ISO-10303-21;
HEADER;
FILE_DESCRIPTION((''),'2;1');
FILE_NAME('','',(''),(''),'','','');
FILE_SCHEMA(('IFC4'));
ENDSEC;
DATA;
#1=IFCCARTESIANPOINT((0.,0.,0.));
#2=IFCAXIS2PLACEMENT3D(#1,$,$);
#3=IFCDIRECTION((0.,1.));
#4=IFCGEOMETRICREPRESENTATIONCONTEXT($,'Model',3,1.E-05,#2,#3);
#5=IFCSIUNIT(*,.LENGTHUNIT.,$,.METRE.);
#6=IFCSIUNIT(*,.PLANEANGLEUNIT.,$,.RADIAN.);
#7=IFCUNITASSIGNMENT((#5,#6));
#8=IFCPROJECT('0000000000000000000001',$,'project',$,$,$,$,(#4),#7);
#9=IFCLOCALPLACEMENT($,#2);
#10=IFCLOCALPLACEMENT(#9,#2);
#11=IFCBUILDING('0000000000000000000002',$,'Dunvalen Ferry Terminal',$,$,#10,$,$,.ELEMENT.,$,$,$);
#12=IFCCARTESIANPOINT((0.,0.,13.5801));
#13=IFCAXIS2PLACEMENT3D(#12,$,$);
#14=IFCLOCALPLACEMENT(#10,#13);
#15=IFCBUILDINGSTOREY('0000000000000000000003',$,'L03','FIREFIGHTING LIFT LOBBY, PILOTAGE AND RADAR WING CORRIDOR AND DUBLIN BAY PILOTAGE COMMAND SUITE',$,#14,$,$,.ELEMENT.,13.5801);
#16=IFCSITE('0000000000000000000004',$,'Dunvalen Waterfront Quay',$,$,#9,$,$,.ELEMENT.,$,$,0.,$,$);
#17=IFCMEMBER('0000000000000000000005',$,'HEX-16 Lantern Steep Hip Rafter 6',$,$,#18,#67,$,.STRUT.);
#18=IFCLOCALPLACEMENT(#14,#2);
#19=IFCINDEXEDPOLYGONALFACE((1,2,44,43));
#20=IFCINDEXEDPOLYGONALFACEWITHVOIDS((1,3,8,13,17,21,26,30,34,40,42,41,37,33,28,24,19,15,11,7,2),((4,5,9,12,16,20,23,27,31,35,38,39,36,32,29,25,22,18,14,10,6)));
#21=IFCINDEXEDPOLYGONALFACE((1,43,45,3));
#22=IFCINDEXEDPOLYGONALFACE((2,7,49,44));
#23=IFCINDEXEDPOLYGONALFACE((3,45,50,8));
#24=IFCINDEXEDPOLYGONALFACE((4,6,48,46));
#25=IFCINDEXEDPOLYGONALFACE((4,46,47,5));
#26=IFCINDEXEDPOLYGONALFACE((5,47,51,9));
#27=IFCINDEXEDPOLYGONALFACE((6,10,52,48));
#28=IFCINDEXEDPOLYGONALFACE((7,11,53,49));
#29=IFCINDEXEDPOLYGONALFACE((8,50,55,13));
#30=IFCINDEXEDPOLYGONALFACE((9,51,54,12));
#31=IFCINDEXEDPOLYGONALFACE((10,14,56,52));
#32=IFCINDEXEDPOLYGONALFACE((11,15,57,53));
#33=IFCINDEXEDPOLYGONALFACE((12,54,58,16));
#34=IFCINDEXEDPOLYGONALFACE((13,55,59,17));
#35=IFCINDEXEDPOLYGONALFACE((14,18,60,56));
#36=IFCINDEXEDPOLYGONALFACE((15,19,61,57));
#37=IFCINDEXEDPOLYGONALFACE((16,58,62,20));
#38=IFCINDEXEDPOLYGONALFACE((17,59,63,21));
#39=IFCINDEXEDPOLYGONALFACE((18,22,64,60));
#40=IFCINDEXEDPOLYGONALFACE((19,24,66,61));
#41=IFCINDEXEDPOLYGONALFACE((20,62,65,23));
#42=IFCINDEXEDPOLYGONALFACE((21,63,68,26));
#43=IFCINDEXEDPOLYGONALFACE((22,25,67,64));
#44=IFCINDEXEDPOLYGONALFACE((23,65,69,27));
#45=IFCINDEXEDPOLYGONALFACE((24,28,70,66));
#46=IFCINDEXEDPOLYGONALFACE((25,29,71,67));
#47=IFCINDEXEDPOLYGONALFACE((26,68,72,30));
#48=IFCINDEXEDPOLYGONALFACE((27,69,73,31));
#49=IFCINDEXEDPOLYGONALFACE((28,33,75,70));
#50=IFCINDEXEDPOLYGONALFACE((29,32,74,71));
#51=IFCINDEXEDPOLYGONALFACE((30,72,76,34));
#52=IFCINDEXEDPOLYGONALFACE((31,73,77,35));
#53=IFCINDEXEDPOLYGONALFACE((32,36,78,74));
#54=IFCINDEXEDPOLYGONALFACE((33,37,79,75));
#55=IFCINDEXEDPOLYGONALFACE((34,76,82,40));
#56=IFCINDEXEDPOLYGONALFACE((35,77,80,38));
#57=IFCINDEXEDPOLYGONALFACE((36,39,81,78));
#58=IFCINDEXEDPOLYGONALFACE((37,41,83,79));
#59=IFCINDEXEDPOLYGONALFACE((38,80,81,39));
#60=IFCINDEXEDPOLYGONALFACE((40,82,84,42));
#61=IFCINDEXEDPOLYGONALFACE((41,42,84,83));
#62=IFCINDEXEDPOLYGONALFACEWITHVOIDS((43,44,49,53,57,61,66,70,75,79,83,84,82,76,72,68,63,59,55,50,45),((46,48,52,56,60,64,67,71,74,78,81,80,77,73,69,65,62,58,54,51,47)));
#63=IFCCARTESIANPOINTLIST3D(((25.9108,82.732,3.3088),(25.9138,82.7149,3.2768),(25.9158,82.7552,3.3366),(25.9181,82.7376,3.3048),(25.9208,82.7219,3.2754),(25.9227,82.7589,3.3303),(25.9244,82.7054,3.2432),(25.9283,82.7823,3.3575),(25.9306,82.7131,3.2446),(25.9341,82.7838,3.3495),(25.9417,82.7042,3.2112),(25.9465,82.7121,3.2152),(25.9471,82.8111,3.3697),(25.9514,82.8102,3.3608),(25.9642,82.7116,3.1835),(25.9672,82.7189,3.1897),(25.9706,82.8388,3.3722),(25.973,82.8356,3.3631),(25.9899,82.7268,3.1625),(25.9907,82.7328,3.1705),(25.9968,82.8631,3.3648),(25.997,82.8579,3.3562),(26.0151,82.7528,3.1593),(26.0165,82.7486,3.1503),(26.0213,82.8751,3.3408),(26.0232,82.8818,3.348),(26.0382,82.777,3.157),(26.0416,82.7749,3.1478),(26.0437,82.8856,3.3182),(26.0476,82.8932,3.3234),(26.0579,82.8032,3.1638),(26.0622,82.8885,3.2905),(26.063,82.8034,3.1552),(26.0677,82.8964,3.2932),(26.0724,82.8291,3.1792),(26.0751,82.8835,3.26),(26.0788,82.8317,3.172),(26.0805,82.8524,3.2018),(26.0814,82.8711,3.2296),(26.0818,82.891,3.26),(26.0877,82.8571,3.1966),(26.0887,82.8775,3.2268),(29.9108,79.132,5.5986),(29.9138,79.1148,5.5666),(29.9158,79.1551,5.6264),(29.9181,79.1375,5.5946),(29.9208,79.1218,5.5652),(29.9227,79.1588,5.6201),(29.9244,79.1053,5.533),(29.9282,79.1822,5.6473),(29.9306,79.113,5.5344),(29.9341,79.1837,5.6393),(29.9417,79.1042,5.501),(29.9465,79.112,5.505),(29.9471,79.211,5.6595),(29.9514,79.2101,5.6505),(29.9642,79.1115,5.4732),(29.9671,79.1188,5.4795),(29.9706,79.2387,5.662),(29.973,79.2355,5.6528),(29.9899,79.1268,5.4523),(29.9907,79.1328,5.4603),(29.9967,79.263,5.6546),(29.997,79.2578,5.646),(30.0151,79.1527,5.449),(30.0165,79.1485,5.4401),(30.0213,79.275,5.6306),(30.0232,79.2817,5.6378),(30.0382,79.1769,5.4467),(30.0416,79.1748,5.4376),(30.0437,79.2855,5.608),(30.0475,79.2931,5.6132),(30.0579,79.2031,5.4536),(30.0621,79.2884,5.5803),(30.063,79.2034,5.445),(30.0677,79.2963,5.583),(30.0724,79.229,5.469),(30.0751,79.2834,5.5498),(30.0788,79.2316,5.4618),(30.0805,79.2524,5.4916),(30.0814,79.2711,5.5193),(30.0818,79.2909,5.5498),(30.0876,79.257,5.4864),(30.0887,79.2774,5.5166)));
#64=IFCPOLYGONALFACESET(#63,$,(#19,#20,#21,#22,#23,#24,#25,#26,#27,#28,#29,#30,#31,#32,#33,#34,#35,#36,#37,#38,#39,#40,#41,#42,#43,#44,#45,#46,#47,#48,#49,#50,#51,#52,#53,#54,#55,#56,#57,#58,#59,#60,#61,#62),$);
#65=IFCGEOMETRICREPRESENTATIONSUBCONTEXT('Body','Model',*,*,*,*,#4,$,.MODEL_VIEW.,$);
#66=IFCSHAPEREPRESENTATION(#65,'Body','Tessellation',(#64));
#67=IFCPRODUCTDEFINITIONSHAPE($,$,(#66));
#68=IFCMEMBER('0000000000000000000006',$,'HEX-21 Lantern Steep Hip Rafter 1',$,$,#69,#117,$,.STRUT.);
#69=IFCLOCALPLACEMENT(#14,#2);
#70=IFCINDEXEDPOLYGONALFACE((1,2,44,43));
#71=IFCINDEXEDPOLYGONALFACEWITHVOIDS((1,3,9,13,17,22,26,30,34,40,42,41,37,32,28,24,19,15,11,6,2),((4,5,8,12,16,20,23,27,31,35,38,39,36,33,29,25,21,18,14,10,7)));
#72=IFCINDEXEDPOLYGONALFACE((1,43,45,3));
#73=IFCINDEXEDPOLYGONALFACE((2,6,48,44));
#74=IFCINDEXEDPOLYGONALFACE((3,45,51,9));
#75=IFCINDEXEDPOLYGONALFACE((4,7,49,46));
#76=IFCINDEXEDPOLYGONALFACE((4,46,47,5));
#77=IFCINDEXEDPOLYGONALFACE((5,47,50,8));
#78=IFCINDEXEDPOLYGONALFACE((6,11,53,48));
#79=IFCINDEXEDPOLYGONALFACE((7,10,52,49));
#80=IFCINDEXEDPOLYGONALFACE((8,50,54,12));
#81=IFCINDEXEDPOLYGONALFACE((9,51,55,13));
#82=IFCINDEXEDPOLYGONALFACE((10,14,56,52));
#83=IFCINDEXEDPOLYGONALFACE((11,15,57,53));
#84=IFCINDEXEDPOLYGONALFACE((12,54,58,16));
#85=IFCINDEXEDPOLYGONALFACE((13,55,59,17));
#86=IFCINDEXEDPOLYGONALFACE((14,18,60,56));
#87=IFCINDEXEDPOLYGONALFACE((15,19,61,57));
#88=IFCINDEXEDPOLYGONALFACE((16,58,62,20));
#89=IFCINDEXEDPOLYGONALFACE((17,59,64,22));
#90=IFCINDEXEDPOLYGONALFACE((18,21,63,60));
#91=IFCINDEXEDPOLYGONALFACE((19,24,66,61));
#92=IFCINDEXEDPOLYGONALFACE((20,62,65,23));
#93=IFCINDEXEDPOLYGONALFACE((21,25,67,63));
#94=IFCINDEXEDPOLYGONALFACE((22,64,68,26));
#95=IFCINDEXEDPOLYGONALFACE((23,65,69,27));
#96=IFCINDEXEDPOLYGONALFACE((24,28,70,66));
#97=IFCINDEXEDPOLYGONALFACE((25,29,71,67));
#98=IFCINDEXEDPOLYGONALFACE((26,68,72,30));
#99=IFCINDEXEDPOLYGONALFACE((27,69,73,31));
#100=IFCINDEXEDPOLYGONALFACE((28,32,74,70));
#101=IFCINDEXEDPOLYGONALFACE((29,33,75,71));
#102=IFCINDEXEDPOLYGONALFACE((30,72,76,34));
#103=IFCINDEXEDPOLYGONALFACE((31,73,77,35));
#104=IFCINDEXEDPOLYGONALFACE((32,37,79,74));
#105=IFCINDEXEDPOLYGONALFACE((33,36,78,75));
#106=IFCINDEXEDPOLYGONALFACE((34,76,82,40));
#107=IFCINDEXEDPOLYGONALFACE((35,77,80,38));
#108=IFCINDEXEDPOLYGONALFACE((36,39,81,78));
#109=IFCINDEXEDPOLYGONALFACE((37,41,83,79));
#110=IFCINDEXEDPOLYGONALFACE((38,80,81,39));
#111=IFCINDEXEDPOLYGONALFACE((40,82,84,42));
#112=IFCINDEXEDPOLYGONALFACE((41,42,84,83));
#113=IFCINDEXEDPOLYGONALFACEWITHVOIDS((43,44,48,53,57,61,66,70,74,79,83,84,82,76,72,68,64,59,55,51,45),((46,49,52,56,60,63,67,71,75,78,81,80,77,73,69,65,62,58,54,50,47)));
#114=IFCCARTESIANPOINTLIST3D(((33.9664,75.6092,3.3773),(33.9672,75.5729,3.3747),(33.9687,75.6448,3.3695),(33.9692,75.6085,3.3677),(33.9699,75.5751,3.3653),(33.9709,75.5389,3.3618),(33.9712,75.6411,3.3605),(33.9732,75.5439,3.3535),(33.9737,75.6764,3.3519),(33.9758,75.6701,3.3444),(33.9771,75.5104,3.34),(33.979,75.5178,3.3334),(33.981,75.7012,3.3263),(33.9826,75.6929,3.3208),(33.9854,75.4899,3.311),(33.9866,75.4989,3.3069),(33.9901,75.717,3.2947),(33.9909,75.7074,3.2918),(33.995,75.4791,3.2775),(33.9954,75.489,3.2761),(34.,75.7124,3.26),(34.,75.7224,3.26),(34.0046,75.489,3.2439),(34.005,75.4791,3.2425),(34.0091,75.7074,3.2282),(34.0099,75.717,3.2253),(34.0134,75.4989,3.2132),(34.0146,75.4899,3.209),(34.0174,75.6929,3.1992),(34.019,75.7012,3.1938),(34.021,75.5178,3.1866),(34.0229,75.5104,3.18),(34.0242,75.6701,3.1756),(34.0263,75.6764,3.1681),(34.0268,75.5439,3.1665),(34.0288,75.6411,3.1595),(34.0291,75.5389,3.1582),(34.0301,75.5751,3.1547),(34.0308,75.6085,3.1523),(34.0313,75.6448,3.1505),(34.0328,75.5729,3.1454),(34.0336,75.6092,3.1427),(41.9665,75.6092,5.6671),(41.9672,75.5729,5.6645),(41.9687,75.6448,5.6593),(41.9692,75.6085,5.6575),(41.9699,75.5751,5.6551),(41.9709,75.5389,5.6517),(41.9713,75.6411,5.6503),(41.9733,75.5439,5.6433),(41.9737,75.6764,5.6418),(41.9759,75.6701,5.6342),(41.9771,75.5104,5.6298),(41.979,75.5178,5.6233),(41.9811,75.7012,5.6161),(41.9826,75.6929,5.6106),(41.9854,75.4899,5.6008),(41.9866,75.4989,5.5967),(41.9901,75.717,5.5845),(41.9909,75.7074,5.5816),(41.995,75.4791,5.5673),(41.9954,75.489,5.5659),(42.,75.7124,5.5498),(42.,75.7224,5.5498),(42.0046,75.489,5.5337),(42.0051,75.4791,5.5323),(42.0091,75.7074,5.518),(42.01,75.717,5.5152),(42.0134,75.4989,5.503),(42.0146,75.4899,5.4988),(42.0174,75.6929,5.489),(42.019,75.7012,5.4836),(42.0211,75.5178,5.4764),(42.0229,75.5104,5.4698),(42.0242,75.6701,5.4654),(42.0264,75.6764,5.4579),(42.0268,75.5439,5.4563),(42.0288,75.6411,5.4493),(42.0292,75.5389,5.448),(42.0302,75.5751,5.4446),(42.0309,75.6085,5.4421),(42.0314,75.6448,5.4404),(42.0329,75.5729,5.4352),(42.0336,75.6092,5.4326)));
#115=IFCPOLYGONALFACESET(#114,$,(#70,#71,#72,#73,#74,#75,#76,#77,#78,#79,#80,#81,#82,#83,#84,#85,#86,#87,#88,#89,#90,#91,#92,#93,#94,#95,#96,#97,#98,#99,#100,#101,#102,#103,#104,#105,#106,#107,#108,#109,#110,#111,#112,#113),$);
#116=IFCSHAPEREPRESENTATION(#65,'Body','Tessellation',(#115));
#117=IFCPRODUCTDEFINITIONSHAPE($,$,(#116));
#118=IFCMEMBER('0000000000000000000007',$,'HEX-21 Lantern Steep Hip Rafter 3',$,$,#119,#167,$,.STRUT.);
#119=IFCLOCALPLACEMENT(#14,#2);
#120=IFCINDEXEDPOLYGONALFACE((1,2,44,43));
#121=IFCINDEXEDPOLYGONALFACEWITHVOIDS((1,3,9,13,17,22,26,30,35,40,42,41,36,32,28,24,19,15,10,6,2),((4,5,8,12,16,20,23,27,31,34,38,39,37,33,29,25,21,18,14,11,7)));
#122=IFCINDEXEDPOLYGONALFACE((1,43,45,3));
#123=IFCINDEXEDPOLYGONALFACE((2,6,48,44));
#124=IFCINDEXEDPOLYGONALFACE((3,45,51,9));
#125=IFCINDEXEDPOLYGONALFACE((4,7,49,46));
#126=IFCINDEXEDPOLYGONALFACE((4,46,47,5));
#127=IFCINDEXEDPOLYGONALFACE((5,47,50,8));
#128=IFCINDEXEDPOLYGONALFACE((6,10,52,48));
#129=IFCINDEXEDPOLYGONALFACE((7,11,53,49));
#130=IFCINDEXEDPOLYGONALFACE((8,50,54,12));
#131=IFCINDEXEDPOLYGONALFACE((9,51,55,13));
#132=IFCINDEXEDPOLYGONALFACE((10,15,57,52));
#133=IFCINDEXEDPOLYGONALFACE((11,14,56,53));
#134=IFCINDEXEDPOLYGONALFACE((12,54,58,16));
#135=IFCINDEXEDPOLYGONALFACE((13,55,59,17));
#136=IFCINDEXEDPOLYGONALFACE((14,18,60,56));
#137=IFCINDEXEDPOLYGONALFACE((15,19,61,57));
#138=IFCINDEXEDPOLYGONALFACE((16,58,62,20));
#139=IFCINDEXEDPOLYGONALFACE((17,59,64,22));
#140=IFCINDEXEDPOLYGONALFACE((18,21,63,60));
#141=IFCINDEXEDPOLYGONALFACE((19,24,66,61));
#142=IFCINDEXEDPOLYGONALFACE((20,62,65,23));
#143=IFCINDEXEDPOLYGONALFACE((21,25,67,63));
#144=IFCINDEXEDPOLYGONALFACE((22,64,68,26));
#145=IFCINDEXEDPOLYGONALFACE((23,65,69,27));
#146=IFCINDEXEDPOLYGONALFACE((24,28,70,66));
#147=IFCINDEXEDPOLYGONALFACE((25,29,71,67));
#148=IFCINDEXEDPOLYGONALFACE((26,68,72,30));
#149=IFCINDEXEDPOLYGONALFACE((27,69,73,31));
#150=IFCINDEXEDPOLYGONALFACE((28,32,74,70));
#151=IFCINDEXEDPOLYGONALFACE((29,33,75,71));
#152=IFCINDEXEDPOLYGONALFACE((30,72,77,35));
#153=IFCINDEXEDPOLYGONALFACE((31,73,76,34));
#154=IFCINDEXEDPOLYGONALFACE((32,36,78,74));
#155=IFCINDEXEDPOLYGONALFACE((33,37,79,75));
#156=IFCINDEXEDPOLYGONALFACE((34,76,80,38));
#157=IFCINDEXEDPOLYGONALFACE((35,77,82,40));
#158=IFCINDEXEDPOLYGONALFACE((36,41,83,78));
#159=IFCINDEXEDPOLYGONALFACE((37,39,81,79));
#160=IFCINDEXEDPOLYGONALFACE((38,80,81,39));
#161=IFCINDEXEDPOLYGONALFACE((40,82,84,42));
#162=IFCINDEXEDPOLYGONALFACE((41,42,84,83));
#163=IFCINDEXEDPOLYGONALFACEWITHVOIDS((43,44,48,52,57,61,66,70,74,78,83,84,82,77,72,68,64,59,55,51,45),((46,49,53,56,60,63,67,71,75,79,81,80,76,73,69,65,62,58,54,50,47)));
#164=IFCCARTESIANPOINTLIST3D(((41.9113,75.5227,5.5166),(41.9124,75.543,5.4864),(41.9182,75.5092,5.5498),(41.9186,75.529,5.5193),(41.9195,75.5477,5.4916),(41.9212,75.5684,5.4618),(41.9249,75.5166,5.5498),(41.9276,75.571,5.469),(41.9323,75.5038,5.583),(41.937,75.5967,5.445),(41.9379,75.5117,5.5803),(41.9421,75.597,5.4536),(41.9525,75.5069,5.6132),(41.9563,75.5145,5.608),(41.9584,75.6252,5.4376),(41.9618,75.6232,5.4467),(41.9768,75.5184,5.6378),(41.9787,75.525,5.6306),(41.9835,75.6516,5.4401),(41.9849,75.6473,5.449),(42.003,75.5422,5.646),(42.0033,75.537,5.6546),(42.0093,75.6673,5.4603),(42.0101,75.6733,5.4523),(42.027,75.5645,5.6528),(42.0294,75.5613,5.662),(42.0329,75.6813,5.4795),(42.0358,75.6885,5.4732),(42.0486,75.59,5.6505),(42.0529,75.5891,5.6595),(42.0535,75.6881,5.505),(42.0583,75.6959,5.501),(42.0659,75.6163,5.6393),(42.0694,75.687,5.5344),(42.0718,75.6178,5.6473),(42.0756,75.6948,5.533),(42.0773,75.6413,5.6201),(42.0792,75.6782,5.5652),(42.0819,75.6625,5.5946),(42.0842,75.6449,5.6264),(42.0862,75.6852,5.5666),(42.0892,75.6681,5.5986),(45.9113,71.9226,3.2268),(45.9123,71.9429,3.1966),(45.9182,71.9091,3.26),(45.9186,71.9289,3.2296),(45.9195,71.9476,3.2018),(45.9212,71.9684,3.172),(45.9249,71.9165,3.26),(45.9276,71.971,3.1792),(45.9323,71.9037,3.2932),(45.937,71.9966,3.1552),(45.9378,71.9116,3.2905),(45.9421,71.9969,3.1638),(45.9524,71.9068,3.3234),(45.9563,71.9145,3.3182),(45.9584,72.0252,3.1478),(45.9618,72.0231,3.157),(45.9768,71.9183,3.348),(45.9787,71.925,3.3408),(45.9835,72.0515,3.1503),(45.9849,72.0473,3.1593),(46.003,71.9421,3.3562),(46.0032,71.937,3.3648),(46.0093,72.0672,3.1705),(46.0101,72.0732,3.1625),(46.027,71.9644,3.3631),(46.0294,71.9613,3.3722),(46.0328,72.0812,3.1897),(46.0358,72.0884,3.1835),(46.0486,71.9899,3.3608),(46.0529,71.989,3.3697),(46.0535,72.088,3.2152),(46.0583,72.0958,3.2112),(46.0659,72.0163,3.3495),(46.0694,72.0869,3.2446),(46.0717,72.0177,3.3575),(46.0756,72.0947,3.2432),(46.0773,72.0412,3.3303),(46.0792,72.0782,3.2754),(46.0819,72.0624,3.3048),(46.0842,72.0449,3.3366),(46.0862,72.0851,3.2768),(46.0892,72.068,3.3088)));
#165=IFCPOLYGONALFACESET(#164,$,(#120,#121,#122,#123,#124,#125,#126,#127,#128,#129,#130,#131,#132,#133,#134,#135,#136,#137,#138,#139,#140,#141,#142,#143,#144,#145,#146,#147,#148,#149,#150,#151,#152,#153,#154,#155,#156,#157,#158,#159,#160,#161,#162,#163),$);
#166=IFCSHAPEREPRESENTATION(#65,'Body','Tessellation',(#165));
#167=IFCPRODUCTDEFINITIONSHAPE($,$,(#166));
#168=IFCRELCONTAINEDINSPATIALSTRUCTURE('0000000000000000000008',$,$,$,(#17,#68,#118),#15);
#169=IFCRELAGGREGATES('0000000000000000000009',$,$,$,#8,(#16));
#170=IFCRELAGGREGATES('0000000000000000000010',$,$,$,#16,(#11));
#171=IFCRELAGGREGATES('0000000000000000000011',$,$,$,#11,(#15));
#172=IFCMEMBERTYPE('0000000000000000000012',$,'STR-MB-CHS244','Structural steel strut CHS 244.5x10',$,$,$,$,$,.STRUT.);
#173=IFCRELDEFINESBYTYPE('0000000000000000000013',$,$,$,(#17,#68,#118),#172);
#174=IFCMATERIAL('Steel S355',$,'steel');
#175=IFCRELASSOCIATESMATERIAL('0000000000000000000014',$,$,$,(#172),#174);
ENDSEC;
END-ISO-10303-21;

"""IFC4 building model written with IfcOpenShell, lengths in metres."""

from ifc_helpers import new_model, si_unit, direction, frame, origin, origin_2d, place, context, subcontext, project, spatial, hollow_circle, extrude, material, material_profile, profile_set, type_object, element, save


model = new_model("IFC4")

# Units and contexts
model_context = context("Model", 3, precision=1e-05, world=origin(), true_north=direction((0.0, 1.0)))
body_context = subcontext(model_context, "Body", "Model", "MODEL_VIEW")
ifc_project = project(units=[si_unit("LENGTHUNIT", "METRE"), si_unit("PLANEANGLEUNIT", "RADIAN")], contexts=[model_context])

# Site, building, storey
site_placement = place(None, origin())
site = spatial("IfcSite", under=ifc_project, at=site_placement, Name="Dunvalen Waterfront Quay", CompositionType="ELEMENT", RefElevation=0.0)
building_placement = place(site_placement, origin())
building = spatial("IfcBuilding", under=site, at=building_placement, Name="Dunvalen Ferry Terminal", CompositionType="ELEMENT")
storey_placement = place(building_placement, frame((0.0, 0.0, 13.5801)))
storey = spatial("IfcBuildingStorey", under=building, at=storey_placement, Name="L03", Description="FIREFIGHTING LIFT LOBBY, PILOTAGE AND RADAR WING CORRIDOR AND DUBLIN BAY PILOTAGE COMMAND SUITE", CompositionType="ELEMENT", Elevation=13.5801)

# Shared definitions
ifc_material_1 = material(Name="Steel S355", Category="steel")

# Members
ifc_material_profile_1 = material_profile(ifc_material_1, hollow_circle(Radius=0.1223, WallThickness=0.01, at=origin_2d()), Name="Steel S355")
ifc_profile_set_1 = profile_set([ifc_material_profile_1], Name="Steel S355")
member_type = type_object("IfcMemberType", Name="STR-MB-CHS244", Description="Structural steel strut CHS 244.5x10", PredefinedType="STRUT", material=ifc_profile_set_1)
for number, where, z_axis, x_axis, name in (
    (1, (26.0, 82.8, 3.26), (0.683947, -0.615569, 0.391525), (0.668975, 0.743285, 0.0), "HEX-16 Lantern Steep Hip Rafter 6"),
):
    element("IfcMember", number, at=place(storey_placement, frame(where, z_axis=z_axis, x_axis=x_axis)), inside=storey, type_object=member_type, Name=name, PredefinedType="STRUT", context=body_context, shape_type="SweptSolid", body=[
        extrude(hollow_circle(Radius=0.1223, WallThickness=0.01, at=origin_2d()), origin(), (0.0, 0.0, 1.0), 5.8484),
    ])
member_1_placement = place(storey_placement, frame((34.0, 75.6001, 3.26), z_axis=(0.961394, 0.0, 0.275174), x_axis=(0.0, 1.0, 0.0)))
element("IfcMember", 2, at=member_1_placement, inside=storey, type_object=member_type, Name="HEX-21 Lantern Steep Hip Rafter 1", PredefinedType="STRUT", context=body_context, shape_type="SweptSolid", body=[
    extrude(hollow_circle(Radius=0.1223, WallThickness=0.01, at=origin_2d()), origin(), (0.0, 0.0, 1.0), 8.3213),
])
member_2_placement = place(storey_placement, frame((46.0, 72.0, 3.26), z_axis=(-0.683947, 0.615569, 0.391525), x_axis=(-0.668975, -0.743285, 0.0)))
element("IfcMember", 3, at=member_2_placement, inside=storey, type_object=member_type, Name="HEX-21 Lantern Steep Hip Rafter 3", PredefinedType="STRUT", context=body_context, shape_type="SweptSolid", body=[
    extrude(hollow_circle(Radius=0.1223, WallThickness=0.01, at=origin_2d()), origin(), (0.0, 0.0, 1.0), 5.8484),
])

save(model, "model.ifc")
